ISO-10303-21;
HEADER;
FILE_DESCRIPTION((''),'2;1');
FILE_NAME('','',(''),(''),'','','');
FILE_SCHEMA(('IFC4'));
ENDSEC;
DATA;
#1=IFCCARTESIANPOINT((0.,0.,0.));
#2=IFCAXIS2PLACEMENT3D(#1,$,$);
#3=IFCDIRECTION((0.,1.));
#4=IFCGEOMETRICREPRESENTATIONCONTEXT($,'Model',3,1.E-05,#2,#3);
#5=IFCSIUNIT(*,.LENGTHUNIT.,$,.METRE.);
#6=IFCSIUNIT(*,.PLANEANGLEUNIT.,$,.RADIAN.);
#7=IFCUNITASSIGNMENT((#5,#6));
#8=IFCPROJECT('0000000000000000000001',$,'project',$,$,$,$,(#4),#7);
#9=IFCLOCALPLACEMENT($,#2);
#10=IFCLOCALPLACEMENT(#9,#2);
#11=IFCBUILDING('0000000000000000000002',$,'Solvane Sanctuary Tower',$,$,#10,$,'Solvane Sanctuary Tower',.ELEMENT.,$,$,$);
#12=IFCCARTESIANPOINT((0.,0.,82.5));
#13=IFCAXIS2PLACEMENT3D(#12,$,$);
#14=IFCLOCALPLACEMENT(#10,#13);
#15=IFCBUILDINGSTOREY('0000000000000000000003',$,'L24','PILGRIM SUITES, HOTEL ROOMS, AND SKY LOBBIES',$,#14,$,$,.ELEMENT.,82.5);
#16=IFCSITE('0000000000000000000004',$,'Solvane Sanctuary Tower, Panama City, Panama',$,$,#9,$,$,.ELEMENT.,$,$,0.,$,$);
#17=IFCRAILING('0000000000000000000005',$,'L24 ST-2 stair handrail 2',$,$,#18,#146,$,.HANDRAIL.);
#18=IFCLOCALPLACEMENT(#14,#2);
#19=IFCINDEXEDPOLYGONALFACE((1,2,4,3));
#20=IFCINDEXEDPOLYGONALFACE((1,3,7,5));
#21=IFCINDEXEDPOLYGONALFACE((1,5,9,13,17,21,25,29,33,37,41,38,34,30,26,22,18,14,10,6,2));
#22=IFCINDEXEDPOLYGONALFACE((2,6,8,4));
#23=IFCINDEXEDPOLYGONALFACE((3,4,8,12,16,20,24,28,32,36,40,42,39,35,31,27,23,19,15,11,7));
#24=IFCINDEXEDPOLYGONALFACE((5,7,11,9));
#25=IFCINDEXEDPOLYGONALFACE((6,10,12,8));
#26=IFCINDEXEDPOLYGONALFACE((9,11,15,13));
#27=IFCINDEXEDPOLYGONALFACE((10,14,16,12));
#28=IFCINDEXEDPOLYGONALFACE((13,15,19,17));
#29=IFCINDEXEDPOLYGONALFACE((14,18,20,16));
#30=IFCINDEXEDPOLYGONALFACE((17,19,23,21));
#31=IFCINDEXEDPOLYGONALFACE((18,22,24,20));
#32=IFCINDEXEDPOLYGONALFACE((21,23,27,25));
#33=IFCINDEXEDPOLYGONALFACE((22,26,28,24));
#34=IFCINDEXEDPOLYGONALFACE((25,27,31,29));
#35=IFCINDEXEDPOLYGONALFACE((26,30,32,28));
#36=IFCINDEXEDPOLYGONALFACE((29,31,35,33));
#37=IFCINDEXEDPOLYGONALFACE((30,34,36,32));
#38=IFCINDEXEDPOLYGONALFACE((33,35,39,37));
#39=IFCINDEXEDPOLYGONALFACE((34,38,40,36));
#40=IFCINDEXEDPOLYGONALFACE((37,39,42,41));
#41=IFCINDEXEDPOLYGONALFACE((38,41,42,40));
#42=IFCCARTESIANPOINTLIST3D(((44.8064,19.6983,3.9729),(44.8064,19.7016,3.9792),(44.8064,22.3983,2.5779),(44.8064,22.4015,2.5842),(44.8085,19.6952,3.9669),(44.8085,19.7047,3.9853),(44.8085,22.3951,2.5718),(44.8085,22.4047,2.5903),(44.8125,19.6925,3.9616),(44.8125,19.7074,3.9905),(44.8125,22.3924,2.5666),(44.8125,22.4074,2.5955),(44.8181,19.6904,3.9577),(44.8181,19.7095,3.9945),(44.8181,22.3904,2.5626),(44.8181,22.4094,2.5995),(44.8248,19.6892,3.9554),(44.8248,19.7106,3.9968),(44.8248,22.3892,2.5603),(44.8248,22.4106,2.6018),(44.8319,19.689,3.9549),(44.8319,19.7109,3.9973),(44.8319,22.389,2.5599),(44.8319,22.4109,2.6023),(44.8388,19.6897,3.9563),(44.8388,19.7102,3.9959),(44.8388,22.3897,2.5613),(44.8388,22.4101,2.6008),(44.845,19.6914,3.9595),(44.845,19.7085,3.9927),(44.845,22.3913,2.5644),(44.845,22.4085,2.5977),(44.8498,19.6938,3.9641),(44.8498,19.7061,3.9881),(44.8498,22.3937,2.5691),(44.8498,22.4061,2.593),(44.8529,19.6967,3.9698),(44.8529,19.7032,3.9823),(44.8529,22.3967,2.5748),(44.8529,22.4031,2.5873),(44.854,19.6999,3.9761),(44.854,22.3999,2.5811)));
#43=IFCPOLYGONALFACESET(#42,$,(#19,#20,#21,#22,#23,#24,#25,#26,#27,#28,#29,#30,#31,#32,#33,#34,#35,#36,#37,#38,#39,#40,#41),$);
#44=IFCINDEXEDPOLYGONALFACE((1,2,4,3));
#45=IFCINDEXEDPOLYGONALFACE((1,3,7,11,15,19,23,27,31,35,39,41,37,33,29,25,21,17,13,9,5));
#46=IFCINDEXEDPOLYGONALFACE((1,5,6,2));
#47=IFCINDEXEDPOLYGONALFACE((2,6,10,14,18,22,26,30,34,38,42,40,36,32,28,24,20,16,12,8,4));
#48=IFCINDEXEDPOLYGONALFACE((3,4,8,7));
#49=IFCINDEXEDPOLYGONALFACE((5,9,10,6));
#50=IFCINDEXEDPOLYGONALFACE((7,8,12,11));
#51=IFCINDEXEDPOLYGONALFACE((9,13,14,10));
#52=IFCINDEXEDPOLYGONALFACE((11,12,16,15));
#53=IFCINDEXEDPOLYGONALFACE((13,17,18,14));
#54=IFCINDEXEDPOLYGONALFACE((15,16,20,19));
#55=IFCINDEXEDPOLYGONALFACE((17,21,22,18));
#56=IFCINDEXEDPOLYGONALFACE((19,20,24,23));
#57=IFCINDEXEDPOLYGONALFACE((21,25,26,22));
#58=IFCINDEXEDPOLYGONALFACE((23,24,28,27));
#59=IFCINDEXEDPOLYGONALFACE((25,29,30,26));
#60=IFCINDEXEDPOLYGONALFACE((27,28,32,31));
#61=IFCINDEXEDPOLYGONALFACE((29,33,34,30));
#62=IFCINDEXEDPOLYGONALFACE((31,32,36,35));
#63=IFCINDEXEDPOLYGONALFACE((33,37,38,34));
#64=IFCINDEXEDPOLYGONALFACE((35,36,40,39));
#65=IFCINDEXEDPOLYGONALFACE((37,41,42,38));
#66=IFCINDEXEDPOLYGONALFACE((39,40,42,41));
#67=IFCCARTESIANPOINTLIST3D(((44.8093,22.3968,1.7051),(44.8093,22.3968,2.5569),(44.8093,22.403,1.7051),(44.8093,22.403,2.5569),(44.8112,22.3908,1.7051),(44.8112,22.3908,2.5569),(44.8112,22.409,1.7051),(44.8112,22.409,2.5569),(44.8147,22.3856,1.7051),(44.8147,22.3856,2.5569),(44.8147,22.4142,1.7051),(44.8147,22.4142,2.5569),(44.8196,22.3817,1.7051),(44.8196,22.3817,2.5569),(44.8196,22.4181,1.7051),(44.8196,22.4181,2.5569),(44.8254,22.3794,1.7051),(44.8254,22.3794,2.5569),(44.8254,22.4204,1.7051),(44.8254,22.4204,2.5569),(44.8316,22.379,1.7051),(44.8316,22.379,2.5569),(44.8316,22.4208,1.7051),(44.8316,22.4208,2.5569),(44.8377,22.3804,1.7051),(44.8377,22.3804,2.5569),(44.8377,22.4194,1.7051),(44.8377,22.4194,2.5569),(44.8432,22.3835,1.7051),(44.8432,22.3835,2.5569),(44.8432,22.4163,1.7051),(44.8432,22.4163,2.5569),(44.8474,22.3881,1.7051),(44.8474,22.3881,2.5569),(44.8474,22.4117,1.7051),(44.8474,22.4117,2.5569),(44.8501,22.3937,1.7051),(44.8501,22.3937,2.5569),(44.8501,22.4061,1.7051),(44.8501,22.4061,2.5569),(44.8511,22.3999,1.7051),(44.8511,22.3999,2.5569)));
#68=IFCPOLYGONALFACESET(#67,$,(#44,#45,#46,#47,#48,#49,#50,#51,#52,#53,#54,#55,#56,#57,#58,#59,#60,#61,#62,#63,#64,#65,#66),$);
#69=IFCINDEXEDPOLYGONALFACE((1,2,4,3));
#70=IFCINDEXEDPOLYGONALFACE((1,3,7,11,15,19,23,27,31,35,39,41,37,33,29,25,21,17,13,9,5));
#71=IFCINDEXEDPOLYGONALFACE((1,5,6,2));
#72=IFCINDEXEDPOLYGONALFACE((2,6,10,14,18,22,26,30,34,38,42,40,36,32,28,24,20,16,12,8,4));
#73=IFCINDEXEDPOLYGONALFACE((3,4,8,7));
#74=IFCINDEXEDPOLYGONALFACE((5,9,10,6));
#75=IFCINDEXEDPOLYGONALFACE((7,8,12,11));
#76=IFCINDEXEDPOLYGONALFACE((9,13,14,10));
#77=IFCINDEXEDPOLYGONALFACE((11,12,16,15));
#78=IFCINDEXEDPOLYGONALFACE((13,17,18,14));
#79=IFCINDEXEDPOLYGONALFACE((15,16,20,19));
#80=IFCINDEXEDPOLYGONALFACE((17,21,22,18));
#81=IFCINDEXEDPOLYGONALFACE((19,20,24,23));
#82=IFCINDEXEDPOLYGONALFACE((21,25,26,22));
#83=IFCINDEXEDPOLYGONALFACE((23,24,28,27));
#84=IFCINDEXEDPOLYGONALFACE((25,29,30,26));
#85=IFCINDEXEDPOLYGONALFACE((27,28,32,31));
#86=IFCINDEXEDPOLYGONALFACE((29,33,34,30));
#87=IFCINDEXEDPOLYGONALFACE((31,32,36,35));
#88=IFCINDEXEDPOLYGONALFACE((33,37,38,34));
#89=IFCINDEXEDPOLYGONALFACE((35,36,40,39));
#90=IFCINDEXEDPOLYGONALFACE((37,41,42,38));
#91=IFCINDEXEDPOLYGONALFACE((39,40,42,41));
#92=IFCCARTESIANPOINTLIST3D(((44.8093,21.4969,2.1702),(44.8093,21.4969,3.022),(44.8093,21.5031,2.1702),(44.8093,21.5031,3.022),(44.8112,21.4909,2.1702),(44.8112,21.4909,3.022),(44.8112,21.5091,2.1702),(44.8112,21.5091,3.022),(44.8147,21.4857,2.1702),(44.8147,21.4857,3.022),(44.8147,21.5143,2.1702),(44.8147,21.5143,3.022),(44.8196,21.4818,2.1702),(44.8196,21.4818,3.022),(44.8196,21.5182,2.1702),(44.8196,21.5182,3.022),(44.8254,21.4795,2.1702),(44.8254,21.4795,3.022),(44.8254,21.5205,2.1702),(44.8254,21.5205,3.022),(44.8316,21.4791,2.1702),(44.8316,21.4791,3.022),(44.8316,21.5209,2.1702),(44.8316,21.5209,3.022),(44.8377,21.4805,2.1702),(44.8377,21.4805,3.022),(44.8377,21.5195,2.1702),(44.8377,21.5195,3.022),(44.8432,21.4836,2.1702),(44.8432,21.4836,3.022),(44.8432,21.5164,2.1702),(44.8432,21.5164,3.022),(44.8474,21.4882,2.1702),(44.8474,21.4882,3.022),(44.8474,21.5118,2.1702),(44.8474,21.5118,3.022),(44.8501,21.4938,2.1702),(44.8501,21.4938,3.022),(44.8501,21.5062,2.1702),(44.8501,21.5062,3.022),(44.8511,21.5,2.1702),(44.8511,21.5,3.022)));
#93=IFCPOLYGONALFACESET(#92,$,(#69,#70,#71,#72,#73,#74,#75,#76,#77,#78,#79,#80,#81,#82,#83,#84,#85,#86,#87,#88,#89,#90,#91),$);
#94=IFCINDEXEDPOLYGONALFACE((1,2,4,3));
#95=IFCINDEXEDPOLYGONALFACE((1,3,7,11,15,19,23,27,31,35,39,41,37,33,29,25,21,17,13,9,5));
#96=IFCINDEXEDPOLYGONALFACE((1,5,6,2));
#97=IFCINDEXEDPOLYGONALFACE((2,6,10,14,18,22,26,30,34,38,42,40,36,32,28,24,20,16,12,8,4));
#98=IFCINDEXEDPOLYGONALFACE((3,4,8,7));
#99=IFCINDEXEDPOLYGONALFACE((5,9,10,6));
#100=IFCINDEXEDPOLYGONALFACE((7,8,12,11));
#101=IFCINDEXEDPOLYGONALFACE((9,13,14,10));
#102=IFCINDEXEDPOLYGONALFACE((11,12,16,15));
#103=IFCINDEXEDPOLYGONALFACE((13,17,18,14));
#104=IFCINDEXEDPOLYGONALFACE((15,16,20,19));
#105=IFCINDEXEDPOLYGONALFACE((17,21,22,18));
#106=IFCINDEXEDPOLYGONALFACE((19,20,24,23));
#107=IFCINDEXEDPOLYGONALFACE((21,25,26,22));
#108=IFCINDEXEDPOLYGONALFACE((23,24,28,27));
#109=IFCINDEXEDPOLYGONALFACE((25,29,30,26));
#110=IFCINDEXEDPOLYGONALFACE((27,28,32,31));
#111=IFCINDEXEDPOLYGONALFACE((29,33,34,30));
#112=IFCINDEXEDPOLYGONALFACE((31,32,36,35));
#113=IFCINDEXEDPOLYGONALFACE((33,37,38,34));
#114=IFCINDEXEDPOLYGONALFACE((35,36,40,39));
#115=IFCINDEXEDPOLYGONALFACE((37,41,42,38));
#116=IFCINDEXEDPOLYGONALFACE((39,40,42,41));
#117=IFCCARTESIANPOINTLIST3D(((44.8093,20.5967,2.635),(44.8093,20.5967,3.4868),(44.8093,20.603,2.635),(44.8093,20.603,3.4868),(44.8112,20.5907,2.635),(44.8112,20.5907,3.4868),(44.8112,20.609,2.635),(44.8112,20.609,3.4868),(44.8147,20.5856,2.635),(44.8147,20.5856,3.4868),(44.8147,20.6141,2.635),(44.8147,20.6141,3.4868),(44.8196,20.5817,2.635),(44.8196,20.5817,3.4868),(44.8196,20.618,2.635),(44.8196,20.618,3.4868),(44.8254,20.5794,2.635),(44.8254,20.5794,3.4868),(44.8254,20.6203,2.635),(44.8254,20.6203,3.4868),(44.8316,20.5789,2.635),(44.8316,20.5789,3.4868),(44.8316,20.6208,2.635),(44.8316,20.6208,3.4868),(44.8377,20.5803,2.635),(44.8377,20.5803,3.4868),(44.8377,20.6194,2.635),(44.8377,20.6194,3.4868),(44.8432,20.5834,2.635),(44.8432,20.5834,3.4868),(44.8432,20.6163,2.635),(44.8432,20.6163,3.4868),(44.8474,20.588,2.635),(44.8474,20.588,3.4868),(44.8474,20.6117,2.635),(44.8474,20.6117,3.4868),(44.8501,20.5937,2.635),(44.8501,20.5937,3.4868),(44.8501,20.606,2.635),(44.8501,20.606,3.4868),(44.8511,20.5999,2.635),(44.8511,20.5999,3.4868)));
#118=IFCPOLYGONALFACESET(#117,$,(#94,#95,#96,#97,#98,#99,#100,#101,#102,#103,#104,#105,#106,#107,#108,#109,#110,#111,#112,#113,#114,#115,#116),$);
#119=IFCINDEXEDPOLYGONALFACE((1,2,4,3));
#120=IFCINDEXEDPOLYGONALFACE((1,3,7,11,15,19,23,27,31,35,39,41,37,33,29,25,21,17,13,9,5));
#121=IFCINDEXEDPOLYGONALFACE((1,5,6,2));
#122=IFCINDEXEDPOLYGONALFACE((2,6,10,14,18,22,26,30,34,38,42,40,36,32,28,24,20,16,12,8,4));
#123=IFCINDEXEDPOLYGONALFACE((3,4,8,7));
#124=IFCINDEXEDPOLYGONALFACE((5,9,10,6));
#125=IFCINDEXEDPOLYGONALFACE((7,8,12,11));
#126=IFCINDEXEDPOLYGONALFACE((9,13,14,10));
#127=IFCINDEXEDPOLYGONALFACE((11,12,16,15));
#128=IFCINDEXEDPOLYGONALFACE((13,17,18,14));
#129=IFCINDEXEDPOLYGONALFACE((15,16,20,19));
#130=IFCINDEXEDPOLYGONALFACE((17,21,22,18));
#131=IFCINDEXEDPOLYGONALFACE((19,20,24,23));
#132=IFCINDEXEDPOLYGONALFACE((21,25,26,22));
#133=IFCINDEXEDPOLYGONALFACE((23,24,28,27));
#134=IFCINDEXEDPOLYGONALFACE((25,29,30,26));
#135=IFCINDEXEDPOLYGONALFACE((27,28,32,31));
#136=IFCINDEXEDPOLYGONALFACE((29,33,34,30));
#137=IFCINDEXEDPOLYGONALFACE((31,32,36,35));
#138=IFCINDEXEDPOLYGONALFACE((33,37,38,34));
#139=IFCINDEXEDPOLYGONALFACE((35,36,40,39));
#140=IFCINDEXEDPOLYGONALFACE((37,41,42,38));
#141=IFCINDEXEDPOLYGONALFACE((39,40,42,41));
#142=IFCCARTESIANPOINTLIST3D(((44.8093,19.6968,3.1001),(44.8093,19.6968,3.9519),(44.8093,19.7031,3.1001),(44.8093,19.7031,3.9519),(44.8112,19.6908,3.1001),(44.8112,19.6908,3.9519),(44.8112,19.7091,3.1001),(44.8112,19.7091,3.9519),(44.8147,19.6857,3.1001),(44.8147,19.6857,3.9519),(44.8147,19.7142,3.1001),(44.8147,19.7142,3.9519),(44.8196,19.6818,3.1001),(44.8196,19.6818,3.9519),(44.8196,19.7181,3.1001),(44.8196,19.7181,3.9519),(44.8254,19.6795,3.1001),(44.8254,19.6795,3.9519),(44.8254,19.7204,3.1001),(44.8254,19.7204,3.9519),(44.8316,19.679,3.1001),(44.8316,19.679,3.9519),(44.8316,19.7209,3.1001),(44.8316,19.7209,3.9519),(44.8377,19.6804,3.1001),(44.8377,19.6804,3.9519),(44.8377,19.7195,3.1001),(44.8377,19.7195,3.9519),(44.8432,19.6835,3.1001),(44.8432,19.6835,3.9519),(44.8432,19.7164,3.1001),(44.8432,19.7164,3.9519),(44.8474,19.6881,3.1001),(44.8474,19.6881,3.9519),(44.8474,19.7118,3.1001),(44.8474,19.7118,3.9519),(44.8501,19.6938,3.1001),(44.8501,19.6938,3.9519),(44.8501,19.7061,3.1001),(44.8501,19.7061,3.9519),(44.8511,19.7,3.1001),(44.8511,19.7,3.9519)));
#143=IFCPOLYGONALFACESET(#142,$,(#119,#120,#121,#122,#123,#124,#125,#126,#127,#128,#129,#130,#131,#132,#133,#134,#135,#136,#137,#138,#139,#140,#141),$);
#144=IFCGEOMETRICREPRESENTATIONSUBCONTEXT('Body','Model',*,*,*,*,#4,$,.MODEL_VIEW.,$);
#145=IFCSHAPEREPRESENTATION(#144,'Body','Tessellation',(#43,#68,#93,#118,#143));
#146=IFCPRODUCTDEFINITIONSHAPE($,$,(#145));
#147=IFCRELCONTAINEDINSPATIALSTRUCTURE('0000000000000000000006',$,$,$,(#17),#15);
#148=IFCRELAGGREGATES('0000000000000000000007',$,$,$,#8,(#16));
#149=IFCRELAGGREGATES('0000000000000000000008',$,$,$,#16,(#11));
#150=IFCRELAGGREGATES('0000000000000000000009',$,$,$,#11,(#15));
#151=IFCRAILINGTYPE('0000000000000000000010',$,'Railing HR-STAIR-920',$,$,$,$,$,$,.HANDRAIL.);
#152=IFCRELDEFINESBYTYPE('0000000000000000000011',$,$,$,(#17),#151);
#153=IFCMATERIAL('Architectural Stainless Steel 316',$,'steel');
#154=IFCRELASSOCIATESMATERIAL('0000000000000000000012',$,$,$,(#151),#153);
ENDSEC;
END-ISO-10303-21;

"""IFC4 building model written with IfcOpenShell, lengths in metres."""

from ifc_helpers import new_model, si_unit, direction, frame, origin, origin_2d, place, context, subcontext, project, spatial, circle, extrude, material, type_object, element, save


model = new_model("IFC4")

# Units and contexts
model_context = context("Model", 3, precision=1e-05, world=origin(), true_north=direction((0.0, 1.0)))
body_context = subcontext(model_context, "Body", "Model", "MODEL_VIEW")
ifc_project = project(units=[si_unit("LENGTHUNIT", "METRE"), si_unit("PLANEANGLEUNIT", "RADIAN")], contexts=[model_context])

# Site, building, storey
site_placement = place(None, origin())
site = spatial("IfcSite", under=ifc_project, at=site_placement, Name="Solvane Sanctuary Tower, Panama City, Panama", CompositionType="ELEMENT", RefElevation=0.0)
building_placement = place(site_placement, origin())
building = spatial("IfcBuilding", under=site, at=building_placement, Name="Solvane Sanctuary Tower", LongName="Solvane Sanctuary Tower", CompositionType="ELEMENT")
storey_placement = place(building_placement, frame((0.0, 0.0, 82.5)))
storey = spatial("IfcBuildingStorey", under=building, at=storey_placement, Name="L24", Description="PILGRIM SUITES, HOTEL ROOMS, AND SKY LOBBIES", CompositionType="ELEMENT", Elevation=82.5)

# Shared definitions
ifc_material_1 = material(Name="Architectural Stainless Steel 316", Category="steel")

# Railing
railing_type_1 = type_object("IfcRailingType", Name="Railing HR-STAIR-920", PredefinedType="HANDRAIL", material=ifc_material_1)
railing_1_placement = place(storey_placement, frame((44.8301, 22.3999, 1.7051)))
element("IfcRailing", 1, at=railing_1_placement, inside=storey, type_object=railing_type_1, Name="L24 ST-2 stair handrail 2", PredefinedType="HANDRAIL", context=body_context, shape_type="SweptSolid", body=[
    extrude(circle(Radius=0.0239, at=origin_2d()), frame((0.0, 0.0, 0.876), z_axis=(0.0, -0.88842, 0.459032), x_axis=(1.0, 0.0, 0.0)), (0.0, 0.0, 1.0), 3.0391),
    extrude(circle(Radius=0.021, at=origin_2d()), origin(), (0.0, 0.0, 1.0), 0.8518),
    extrude(circle(Radius=0.021, at=origin_2d()), frame((0.0, -0.8999, 0.4651)), (0.0, 0.0, 1.0), 0.8518),
    extrude(circle(Radius=0.021, at=origin_2d()), frame((0.0, -1.8, 0.9299)), (0.0, 0.0, 1.0), 0.8518),
    extrude(circle(Radius=0.021, at=origin_2d()), frame((0.0, -2.7, 1.395)), (0.0, 0.0, 1.0), 0.8518),
])

save(model, "model.ifc")
